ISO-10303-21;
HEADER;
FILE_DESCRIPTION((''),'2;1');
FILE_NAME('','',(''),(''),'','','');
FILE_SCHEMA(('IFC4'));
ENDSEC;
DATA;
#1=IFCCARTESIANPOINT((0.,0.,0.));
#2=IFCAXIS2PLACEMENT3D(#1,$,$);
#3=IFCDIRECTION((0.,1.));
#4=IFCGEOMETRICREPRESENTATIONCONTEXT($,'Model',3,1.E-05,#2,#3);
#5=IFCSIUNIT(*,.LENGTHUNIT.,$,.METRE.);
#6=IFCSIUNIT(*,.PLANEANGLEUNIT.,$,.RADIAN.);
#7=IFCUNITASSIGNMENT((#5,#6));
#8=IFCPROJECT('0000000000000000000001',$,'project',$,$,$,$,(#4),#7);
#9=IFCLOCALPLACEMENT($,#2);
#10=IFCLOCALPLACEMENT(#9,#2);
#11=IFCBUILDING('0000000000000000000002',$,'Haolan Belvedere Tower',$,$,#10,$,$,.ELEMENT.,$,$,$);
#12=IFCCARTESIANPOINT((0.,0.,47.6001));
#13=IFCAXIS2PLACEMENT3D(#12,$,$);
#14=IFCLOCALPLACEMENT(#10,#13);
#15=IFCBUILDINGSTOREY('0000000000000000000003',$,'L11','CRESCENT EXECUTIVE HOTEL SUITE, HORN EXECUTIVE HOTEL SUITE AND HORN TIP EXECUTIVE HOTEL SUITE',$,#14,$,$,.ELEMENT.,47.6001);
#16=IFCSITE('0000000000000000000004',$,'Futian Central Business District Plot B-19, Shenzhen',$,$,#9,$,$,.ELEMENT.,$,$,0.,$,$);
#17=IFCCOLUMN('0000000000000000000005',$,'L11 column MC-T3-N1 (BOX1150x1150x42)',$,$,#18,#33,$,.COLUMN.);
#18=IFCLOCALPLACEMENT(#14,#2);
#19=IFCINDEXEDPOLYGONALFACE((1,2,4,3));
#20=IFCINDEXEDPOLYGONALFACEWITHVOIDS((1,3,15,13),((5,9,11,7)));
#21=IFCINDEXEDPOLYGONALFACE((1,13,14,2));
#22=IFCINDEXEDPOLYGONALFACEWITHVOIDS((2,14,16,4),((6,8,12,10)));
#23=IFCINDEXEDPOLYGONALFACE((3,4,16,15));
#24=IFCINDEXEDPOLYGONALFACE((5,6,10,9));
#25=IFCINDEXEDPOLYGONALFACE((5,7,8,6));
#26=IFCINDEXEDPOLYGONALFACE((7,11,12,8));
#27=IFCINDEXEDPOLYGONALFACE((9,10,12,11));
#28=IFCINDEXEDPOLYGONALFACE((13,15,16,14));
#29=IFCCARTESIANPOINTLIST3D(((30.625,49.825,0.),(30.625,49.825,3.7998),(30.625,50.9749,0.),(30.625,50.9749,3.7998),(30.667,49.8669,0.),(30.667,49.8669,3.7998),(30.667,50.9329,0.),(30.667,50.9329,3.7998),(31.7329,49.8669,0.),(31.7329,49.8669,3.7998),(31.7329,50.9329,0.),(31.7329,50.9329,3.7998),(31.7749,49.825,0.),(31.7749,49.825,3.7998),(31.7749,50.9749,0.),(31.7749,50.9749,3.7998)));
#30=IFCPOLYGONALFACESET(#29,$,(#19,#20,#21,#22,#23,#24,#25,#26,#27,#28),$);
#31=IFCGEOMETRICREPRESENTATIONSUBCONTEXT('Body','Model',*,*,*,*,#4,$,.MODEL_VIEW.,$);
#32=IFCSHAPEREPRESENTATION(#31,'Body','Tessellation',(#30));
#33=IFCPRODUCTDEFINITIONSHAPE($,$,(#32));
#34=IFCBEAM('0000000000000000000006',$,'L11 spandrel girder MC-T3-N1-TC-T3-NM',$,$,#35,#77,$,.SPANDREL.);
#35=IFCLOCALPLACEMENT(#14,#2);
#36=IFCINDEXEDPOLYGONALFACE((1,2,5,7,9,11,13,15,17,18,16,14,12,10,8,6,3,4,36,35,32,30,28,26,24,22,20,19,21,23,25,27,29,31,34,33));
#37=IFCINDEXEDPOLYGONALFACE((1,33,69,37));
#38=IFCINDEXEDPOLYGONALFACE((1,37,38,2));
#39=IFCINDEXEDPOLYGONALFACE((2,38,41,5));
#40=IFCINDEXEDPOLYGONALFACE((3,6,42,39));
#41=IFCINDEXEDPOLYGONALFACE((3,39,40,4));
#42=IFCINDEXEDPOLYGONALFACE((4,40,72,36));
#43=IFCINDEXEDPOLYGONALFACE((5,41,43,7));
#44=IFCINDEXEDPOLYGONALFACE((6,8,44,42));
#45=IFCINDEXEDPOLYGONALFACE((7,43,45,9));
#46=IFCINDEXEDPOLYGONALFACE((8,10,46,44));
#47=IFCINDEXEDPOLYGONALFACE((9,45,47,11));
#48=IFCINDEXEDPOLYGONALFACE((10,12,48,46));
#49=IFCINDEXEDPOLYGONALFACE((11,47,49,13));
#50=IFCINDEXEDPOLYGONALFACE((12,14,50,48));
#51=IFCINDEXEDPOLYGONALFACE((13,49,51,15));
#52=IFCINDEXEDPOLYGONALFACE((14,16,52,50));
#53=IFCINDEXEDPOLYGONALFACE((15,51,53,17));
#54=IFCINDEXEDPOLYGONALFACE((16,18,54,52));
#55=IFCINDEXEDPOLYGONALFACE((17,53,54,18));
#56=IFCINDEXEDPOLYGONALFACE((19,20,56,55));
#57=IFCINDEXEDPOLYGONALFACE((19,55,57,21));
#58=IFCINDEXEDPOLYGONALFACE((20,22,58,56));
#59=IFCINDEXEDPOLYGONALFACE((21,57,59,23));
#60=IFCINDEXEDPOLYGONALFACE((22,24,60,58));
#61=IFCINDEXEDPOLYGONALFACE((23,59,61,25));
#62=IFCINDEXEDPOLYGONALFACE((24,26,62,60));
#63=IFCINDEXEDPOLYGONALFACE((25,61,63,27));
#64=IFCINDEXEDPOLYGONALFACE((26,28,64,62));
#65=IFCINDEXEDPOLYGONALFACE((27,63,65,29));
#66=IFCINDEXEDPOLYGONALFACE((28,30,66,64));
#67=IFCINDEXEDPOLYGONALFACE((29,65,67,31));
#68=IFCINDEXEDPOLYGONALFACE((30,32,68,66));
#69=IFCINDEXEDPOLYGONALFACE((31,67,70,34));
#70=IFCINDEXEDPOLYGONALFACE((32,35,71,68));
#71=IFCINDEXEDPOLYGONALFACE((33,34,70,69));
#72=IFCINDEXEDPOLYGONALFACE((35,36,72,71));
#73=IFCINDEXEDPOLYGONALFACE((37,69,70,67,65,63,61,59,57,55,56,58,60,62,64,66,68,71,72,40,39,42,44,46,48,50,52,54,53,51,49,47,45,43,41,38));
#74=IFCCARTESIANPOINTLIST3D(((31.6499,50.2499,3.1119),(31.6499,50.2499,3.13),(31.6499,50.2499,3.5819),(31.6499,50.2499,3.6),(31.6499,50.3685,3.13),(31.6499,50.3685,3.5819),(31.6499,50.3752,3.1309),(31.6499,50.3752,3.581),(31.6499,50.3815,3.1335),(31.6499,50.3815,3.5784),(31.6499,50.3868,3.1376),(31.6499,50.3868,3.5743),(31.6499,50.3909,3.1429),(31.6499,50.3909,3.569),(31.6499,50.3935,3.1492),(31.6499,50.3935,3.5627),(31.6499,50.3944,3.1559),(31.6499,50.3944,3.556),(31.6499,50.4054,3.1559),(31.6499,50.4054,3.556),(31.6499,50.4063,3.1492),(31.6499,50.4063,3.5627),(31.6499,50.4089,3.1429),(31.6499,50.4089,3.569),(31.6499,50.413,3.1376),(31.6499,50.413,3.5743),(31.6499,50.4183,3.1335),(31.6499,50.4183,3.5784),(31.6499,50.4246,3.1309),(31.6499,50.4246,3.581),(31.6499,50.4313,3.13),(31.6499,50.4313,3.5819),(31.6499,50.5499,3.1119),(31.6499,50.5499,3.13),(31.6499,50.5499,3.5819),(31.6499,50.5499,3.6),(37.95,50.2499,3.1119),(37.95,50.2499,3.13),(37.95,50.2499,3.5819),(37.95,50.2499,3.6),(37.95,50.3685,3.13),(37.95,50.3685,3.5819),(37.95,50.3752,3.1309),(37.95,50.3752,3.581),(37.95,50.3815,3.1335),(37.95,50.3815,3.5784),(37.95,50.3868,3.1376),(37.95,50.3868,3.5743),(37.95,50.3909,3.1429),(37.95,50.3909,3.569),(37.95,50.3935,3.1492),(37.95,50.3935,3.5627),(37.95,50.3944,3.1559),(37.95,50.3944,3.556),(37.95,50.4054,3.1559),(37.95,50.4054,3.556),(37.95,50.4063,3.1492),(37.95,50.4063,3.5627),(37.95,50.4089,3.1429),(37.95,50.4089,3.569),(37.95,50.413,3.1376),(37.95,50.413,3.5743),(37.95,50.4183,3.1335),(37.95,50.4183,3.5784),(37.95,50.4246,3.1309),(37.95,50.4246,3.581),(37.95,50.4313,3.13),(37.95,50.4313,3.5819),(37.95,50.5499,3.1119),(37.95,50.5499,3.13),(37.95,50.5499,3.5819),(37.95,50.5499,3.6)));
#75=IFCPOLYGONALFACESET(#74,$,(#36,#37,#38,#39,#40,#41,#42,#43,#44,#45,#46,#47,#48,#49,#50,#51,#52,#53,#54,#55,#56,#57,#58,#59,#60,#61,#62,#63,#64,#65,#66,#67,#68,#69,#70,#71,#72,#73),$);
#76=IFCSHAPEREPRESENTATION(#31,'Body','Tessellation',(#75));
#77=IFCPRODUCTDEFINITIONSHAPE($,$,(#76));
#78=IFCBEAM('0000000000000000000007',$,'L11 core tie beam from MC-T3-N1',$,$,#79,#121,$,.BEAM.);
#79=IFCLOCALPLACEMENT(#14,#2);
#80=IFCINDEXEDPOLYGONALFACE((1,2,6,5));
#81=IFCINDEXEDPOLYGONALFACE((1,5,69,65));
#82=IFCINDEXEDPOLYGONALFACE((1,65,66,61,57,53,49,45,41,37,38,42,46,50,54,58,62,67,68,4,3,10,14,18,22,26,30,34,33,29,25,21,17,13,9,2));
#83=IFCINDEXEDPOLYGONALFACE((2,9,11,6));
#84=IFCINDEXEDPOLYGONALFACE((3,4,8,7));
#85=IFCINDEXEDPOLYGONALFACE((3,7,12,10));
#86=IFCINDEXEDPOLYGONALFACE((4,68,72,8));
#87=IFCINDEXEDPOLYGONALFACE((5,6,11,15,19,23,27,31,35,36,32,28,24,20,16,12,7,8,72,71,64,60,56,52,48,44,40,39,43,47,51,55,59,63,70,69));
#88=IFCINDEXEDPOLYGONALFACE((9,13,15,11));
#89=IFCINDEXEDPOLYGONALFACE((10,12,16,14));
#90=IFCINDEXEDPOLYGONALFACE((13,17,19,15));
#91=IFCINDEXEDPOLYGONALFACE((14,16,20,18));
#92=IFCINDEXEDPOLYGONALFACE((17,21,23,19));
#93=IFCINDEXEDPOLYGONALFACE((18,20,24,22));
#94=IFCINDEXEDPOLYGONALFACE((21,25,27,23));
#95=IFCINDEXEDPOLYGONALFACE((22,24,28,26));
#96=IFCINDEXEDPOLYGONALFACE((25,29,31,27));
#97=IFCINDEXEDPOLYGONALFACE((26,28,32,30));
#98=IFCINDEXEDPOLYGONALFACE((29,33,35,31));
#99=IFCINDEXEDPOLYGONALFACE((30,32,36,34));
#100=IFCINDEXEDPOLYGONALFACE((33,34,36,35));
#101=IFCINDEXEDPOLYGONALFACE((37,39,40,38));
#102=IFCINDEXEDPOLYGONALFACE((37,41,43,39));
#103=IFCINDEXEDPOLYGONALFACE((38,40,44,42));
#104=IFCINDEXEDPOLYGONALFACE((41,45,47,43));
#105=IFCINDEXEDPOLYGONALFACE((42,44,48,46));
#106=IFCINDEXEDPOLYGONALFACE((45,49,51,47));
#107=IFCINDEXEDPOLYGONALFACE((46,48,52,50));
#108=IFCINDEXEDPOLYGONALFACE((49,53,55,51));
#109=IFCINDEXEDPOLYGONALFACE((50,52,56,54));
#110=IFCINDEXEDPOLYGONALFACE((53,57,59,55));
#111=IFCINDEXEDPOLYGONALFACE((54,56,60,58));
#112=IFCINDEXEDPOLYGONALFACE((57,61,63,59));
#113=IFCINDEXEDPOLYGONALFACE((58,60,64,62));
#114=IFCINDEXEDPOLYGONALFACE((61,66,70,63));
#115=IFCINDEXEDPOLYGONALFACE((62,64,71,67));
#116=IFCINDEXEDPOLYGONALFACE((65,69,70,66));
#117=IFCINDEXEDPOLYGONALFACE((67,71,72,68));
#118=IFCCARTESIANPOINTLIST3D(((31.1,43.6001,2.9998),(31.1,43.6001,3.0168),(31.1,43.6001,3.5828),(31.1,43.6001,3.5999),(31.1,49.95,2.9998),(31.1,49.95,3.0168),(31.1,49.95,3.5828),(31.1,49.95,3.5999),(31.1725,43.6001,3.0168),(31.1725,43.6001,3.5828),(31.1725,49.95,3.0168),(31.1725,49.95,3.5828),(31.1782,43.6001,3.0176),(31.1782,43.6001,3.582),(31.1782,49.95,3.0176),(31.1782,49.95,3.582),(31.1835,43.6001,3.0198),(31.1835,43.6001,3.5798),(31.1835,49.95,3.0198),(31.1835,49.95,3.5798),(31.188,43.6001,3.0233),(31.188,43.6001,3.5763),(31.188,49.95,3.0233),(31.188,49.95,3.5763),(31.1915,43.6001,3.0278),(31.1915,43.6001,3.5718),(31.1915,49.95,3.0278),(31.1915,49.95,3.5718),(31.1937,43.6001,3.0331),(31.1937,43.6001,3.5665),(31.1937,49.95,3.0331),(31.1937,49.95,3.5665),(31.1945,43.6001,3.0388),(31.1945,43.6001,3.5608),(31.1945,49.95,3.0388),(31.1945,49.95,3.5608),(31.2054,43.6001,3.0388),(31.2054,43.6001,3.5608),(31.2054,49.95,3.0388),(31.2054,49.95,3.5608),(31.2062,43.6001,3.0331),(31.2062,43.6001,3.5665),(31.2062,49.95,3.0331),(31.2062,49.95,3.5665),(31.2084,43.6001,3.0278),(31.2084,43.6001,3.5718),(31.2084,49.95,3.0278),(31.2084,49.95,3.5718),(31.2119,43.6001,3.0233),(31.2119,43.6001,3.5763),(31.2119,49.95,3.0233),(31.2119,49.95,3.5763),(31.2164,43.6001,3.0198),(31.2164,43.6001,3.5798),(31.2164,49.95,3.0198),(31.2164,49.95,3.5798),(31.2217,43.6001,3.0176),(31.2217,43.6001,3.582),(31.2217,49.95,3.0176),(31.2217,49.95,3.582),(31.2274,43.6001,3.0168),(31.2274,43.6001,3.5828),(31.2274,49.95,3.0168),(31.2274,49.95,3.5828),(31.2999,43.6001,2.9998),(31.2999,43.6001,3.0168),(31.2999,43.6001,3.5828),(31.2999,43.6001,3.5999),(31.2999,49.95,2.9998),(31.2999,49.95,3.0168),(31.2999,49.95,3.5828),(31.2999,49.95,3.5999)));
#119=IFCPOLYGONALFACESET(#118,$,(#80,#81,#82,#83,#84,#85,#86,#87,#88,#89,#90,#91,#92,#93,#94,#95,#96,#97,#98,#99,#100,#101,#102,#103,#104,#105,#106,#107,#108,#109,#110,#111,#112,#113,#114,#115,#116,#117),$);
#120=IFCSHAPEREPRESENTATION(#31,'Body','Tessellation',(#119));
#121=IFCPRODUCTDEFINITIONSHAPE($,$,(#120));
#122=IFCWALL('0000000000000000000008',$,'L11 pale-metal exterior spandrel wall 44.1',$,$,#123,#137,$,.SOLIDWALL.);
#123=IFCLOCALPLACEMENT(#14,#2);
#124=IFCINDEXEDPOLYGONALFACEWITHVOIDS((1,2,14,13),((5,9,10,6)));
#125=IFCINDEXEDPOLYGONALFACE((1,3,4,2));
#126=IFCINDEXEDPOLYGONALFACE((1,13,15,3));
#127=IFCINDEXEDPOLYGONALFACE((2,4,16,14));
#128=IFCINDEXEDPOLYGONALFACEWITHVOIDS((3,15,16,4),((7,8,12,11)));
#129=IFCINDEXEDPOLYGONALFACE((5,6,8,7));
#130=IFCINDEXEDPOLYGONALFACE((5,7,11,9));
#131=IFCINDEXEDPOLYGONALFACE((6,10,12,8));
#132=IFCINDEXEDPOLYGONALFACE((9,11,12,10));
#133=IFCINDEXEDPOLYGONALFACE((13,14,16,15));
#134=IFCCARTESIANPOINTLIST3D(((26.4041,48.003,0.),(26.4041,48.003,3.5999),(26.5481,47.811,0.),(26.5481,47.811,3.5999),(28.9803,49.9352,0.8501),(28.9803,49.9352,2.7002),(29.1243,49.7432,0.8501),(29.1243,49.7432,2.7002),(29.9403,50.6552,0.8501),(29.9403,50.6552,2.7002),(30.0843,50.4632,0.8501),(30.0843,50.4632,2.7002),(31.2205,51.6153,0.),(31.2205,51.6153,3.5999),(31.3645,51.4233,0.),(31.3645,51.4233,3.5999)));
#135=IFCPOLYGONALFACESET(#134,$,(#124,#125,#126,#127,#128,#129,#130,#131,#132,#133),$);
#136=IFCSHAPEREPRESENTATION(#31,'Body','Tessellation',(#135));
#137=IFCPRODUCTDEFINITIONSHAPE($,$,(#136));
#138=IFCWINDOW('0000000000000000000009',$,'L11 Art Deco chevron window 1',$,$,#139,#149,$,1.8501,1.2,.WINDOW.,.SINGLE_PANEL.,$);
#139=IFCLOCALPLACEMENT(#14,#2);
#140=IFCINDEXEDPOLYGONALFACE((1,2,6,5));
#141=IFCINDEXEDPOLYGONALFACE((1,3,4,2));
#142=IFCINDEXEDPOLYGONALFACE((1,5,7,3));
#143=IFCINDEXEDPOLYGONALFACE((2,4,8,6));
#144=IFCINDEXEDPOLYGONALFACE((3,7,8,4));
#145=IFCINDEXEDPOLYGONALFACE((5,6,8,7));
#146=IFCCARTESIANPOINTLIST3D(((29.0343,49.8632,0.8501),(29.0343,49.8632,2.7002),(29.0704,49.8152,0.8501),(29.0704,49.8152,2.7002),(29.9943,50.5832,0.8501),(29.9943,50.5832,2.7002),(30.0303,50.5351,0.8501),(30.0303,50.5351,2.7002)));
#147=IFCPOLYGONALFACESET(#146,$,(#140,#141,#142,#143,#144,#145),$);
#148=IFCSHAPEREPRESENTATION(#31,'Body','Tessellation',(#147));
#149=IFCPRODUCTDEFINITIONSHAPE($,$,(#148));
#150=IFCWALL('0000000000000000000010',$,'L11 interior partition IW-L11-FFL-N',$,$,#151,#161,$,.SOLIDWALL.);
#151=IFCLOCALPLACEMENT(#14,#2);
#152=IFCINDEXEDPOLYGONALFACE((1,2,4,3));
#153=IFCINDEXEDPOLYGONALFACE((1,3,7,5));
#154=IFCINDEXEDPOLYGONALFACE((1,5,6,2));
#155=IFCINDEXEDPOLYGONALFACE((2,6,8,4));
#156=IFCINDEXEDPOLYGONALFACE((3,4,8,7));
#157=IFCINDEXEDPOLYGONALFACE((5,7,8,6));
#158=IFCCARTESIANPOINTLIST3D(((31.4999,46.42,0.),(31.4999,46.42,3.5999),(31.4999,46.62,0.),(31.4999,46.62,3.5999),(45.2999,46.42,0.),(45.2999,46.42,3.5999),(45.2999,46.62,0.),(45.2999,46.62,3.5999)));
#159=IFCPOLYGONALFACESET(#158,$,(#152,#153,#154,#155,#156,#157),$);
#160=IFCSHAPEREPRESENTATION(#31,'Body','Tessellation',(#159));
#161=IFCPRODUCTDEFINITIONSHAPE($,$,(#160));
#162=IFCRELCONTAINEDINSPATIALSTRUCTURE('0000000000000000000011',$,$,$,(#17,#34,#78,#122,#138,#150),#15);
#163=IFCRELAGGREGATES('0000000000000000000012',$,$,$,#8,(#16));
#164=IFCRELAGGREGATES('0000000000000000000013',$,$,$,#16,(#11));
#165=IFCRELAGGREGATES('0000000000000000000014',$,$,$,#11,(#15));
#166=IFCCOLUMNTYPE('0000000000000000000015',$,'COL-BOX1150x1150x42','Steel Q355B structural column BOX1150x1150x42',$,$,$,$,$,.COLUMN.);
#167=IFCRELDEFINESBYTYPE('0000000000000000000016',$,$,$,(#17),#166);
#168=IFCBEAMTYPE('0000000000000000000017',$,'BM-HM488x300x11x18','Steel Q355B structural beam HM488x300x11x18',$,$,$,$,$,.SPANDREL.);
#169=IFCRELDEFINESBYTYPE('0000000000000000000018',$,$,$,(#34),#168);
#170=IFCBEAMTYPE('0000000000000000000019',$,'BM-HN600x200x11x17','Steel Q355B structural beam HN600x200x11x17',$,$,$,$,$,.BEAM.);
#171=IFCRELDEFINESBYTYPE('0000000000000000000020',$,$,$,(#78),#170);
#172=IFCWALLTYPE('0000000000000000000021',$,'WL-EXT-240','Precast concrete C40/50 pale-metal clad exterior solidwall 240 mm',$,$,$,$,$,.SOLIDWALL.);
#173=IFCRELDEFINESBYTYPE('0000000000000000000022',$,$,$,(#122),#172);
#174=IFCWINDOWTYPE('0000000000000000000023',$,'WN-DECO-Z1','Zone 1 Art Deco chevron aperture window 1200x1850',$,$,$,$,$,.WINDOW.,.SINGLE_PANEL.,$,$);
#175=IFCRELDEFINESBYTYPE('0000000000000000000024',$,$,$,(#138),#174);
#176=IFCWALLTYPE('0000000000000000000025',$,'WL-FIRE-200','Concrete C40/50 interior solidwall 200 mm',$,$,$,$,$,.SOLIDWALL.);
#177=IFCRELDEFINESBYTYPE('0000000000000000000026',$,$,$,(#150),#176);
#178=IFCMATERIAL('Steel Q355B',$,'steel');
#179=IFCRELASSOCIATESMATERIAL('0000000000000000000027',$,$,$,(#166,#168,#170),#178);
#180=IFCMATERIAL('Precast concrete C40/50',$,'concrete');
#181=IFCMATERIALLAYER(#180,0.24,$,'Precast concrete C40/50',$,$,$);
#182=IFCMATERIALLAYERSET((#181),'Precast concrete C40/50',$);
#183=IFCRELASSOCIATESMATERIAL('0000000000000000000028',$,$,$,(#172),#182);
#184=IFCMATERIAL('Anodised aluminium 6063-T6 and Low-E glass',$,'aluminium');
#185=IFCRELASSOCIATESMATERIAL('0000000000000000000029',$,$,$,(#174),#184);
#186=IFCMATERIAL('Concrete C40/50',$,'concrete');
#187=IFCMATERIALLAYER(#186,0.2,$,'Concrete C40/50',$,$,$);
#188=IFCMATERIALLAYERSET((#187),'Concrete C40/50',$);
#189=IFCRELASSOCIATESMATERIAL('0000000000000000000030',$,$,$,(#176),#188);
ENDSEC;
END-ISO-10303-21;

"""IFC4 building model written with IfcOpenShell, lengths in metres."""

from ifc_helpers import new_model, si_unit, direction, frame, frame_2d, origin, origin_2d, place, context, subcontext, project, spatial, rectangle, hollow_rectangle, i_section, extrude, material, layer, layer_set, material_profile, profile_set, type_object, element, fill, save


model = new_model("IFC4")

# Units and contexts
model_context = context("Model", 3, precision=1e-05, world=origin(), true_north=direction((0.0, 1.0)))
body_context = subcontext(model_context, "Body", "Model", "MODEL_VIEW")
ifc_project = project(units=[si_unit("LENGTHUNIT", "METRE"), si_unit("PLANEANGLEUNIT", "RADIAN")], contexts=[model_context])

# Site, building, storey
site_placement = place(None, origin())
site = spatial("IfcSite", under=ifc_project, at=site_placement, Name="Futian Central Business District Plot B-19, Shenzhen", CompositionType="ELEMENT", RefElevation=0.0)
building_placement = place(site_placement, origin())
building = spatial("IfcBuilding", under=site, at=building_placement, Name="Haolan Belvedere Tower", CompositionType="ELEMENT")
storey_placement = place(building_placement, frame((0.0, 0.0, 47.6001)))
storey = spatial("IfcBuildingStorey", under=building, at=storey_placement, Name="L11", Description="CRESCENT EXECUTIVE HOTEL SUITE, HORN EXECUTIVE HOTEL SUITE AND HORN TIP EXECUTIVE HOTEL SUITE", CompositionType="ELEMENT", Elevation=47.6001)

# Column
ifc_material_1 = material(Name="Steel Q355B", Category="steel")
ifc_material_profile_1 = material_profile(ifc_material_1, hollow_rectangle(XDim=1.1499, YDim=1.1499, WallThickness=0.042, at=origin_2d()), Name="Steel Q355B")
ifc_profile_set_1 = profile_set([ifc_material_profile_1], Name="Steel Q355B")
column_type = type_object("IfcColumnType", Name="COL-BOX1150x1150x42", Description="Steel Q355B structural column BOX1150x1150x42", PredefinedType="COLUMN", material=ifc_profile_set_1)
column_placement = place(storey_placement, frame((31.2, 50.3999, 0.0), z_axis=(0.0, 0.0, 1.0), x_axis=(1.0, 0.0, 0.0)))
element("IfcColumn", 1, at=column_placement, inside=storey, type_object=column_type, Name="L11 column MC-T3-N1 (BOX1150x1150x42)", PredefinedType="COLUMN", context=body_context, shape_type="SweptSolid", body=[
    extrude(hollow_rectangle(XDim=1.1499, YDim=1.1499, WallThickness=0.042, at=origin_2d()), origin(), (0.0, 0.0, 1.0), 3.7998),
])

# Beams
ifc_material_profile_2 = material_profile(ifc_material_1, i_section(OverallWidth=0.3, OverallDepth=0.488, WebThickness=0.011, FlangeThickness=0.0181, FilletRadius=0.0259, at=origin_2d()), Name="Steel Q355B")
ifc_profile_set_2 = profile_set([ifc_material_profile_2], Name="Steel Q355B")
beam_type_1 = type_object("IfcBeamType", Name="BM-HM488x300x11x18", Description="Steel Q355B structural beam HM488x300x11x18", PredefinedType="SPANDREL", material=ifc_profile_set_2)
beam_1_placement = place(storey_placement, frame((31.6499, 50.3999, 3.356), z_axis=(1.0, 0.0, 0.0), x_axis=(0.0, 1.0, 0.0)))
element("IfcBeam", 2, at=beam_1_placement, inside=storey, type_object=beam_type_1, Name="L11 spandrel girder MC-T3-N1-TC-T3-NM", PredefinedType="SPANDREL", context=body_context, shape_type="SweptSolid", body=[
    extrude(i_section(OverallWidth=0.3, OverallDepth=0.488, WebThickness=0.011, FlangeThickness=0.0181, FilletRadius=0.0259, at=origin_2d()), origin(), (0.0, 0.0, 1.0), 6.3),
])
ifc_material_profile_3 = material_profile(ifc_material_1, i_section(OverallWidth=0.2, OverallDepth=0.6001, WebThickness=0.011, FlangeThickness=0.0171, FilletRadius=0.022, at=origin_2d()), Name="Steel Q355B")
ifc_profile_set_3 = profile_set([ifc_material_profile_3], Name="Steel Q355B")
beam_type_2 = type_object("IfcBeamType", Name="BM-HN600x200x11x17", Description="Steel Q355B structural beam HN600x200x11x17", PredefinedType="BEAM", material=ifc_profile_set_3)
beam_2_placement = place(storey_placement, frame((31.2, 49.95, 3.2998), z_axis=(0.0, -1.0, 0.0), x_axis=(1.0, 0.0, 0.0)))
element("IfcBeam", 3, at=beam_2_placement, inside=storey, type_object=beam_type_2, Name="L11 core tie beam from MC-T3-N1", PredefinedType="BEAM", context=body_context, shape_type="SweptSolid", body=[
    extrude(i_section(OverallWidth=0.2, OverallDepth=0.6001, WebThickness=0.011, FlangeThickness=0.0171, FilletRadius=0.022, at=origin_2d()), origin(), (0.0, 0.0, 1.0), 6.3499),
])

# Wall, opening, window
ifc_material_2 = material(Name="Precast concrete C40/50", Category="concrete")
ifc_layer_1 = layer(ifc_material_2, 0.24, Name="Precast concrete C40/50")
ifc_layer_set_1 = layer_set([ifc_layer_1], Name="Precast concrete C40/50")
wall_type_1 = type_object("IfcWallType", Name="WL-EXT-240", Description="Precast concrete C40/50 pale-metal clad exterior solidwall 240 mm", PredefinedType="SOLIDWALL", material=ifc_layer_set_1)
wall_1_placement = place(storey_placement, frame((31.2925, 51.5193, 0.0), z_axis=(0.0, 0.0, 1.0), x_axis=(-0.8, -0.6, 0.0)))
wall_1 = element("IfcWall", 4, at=wall_1_placement, inside=storey, type_object=wall_type_1, Name="L11 pale-metal exterior spandrel wall 44.1", PredefinedType="SOLIDWALL", context=body_context, shape_type="SweptSolid", body=[
    extrude(rectangle(XDim=6.0205, YDim=0.24, at=frame_2d((3.0103, 0.0))), origin(), (0.0, 0.0, 1.0), 3.5999),
])
opening_1_placement = place(wall_1_placement, frame((1.6001, 0.0, 0.8501)))
opening_1 = element("IfcOpeningElement", 5, at=opening_1_placement, cuts=wall_1, PredefinedType="OPENING", context=body_context, shape_type="SweptSolid", body=[
    extrude(rectangle(XDim=1.2, YDim=1.8501, at=frame_2d((0.6001, 0.925))), frame((0.0, 0.1299, 0.0), z_axis=(0.0, -1.0, 0.0), x_axis=(1.0, 0.0, 0.0)), (0.0, 0.0, 1.0), 0.26),
])
ifc_material_3 = material(Name="Anodised aluminium 6063-T6 and Low-E glass", Category="aluminium")
window_type = type_object("IfcWindowType", Name="WN-DECO-Z1", Description="Zone 1 Art Deco chevron aperture window 1200x1850", PartitioningType="SINGLE_PANEL", PredefinedType="WINDOW", material=ifc_material_3)
window_placement = place(opening_1_placement, origin())
window = element("IfcWindow", 6, at=window_placement, inside=storey, type_object=window_type, Name="L11 Art Deco chevron window 1", OverallHeight=1.8501, OverallWidth=1.2, PartitioningType="SINGLE_PANEL", PredefinedType="WINDOW", context=body_context, shape_type="SweptSolid", body=[
    extrude(rectangle(XDim=1.2, YDim=1.8501, at=frame_2d((0.6001, 0.925))), frame((0.0, 0.03, 0.0), z_axis=(0.0, -1.0, 0.0), x_axis=(1.0, 0.0, 0.0)), (0.0, 0.0, 1.0), 0.0601),
])
fill(opening_1, window)

# Wall
ifc_material_4 = material(Name="Concrete C40/50", Category="concrete")
ifc_layer_2 = layer(ifc_material_4, 0.2, Name="Concrete C40/50")
ifc_layer_set_2 = layer_set([ifc_layer_2], Name="Concrete C40/50")
wall_type_2 = type_object("IfcWallType", Name="WL-FIRE-200", Description="Concrete C40/50 interior solidwall 200 mm", PredefinedType="SOLIDWALL", material=ifc_layer_set_2)
wall_2_placement = place(storey_placement, frame((31.5, 46.52, 0.0), z_axis=(0.0, 0.0, 1.0), x_axis=(1.0, 0.0, 0.0)))
element("IfcWall", 7, at=wall_2_placement, inside=storey, type_object=wall_type_2, Name="L11 interior partition IW-L11-FFL-N", PredefinedType="SOLIDWALL", context=body_context, shape_type="SweptSolid", body=[
    extrude(rectangle(XDim=13.8, YDim=0.2, at=frame_2d((6.8999, 0.0))), origin(), (0.0, 0.0, 1.0), 3.5999),
])

save(model, "model.ifc")
